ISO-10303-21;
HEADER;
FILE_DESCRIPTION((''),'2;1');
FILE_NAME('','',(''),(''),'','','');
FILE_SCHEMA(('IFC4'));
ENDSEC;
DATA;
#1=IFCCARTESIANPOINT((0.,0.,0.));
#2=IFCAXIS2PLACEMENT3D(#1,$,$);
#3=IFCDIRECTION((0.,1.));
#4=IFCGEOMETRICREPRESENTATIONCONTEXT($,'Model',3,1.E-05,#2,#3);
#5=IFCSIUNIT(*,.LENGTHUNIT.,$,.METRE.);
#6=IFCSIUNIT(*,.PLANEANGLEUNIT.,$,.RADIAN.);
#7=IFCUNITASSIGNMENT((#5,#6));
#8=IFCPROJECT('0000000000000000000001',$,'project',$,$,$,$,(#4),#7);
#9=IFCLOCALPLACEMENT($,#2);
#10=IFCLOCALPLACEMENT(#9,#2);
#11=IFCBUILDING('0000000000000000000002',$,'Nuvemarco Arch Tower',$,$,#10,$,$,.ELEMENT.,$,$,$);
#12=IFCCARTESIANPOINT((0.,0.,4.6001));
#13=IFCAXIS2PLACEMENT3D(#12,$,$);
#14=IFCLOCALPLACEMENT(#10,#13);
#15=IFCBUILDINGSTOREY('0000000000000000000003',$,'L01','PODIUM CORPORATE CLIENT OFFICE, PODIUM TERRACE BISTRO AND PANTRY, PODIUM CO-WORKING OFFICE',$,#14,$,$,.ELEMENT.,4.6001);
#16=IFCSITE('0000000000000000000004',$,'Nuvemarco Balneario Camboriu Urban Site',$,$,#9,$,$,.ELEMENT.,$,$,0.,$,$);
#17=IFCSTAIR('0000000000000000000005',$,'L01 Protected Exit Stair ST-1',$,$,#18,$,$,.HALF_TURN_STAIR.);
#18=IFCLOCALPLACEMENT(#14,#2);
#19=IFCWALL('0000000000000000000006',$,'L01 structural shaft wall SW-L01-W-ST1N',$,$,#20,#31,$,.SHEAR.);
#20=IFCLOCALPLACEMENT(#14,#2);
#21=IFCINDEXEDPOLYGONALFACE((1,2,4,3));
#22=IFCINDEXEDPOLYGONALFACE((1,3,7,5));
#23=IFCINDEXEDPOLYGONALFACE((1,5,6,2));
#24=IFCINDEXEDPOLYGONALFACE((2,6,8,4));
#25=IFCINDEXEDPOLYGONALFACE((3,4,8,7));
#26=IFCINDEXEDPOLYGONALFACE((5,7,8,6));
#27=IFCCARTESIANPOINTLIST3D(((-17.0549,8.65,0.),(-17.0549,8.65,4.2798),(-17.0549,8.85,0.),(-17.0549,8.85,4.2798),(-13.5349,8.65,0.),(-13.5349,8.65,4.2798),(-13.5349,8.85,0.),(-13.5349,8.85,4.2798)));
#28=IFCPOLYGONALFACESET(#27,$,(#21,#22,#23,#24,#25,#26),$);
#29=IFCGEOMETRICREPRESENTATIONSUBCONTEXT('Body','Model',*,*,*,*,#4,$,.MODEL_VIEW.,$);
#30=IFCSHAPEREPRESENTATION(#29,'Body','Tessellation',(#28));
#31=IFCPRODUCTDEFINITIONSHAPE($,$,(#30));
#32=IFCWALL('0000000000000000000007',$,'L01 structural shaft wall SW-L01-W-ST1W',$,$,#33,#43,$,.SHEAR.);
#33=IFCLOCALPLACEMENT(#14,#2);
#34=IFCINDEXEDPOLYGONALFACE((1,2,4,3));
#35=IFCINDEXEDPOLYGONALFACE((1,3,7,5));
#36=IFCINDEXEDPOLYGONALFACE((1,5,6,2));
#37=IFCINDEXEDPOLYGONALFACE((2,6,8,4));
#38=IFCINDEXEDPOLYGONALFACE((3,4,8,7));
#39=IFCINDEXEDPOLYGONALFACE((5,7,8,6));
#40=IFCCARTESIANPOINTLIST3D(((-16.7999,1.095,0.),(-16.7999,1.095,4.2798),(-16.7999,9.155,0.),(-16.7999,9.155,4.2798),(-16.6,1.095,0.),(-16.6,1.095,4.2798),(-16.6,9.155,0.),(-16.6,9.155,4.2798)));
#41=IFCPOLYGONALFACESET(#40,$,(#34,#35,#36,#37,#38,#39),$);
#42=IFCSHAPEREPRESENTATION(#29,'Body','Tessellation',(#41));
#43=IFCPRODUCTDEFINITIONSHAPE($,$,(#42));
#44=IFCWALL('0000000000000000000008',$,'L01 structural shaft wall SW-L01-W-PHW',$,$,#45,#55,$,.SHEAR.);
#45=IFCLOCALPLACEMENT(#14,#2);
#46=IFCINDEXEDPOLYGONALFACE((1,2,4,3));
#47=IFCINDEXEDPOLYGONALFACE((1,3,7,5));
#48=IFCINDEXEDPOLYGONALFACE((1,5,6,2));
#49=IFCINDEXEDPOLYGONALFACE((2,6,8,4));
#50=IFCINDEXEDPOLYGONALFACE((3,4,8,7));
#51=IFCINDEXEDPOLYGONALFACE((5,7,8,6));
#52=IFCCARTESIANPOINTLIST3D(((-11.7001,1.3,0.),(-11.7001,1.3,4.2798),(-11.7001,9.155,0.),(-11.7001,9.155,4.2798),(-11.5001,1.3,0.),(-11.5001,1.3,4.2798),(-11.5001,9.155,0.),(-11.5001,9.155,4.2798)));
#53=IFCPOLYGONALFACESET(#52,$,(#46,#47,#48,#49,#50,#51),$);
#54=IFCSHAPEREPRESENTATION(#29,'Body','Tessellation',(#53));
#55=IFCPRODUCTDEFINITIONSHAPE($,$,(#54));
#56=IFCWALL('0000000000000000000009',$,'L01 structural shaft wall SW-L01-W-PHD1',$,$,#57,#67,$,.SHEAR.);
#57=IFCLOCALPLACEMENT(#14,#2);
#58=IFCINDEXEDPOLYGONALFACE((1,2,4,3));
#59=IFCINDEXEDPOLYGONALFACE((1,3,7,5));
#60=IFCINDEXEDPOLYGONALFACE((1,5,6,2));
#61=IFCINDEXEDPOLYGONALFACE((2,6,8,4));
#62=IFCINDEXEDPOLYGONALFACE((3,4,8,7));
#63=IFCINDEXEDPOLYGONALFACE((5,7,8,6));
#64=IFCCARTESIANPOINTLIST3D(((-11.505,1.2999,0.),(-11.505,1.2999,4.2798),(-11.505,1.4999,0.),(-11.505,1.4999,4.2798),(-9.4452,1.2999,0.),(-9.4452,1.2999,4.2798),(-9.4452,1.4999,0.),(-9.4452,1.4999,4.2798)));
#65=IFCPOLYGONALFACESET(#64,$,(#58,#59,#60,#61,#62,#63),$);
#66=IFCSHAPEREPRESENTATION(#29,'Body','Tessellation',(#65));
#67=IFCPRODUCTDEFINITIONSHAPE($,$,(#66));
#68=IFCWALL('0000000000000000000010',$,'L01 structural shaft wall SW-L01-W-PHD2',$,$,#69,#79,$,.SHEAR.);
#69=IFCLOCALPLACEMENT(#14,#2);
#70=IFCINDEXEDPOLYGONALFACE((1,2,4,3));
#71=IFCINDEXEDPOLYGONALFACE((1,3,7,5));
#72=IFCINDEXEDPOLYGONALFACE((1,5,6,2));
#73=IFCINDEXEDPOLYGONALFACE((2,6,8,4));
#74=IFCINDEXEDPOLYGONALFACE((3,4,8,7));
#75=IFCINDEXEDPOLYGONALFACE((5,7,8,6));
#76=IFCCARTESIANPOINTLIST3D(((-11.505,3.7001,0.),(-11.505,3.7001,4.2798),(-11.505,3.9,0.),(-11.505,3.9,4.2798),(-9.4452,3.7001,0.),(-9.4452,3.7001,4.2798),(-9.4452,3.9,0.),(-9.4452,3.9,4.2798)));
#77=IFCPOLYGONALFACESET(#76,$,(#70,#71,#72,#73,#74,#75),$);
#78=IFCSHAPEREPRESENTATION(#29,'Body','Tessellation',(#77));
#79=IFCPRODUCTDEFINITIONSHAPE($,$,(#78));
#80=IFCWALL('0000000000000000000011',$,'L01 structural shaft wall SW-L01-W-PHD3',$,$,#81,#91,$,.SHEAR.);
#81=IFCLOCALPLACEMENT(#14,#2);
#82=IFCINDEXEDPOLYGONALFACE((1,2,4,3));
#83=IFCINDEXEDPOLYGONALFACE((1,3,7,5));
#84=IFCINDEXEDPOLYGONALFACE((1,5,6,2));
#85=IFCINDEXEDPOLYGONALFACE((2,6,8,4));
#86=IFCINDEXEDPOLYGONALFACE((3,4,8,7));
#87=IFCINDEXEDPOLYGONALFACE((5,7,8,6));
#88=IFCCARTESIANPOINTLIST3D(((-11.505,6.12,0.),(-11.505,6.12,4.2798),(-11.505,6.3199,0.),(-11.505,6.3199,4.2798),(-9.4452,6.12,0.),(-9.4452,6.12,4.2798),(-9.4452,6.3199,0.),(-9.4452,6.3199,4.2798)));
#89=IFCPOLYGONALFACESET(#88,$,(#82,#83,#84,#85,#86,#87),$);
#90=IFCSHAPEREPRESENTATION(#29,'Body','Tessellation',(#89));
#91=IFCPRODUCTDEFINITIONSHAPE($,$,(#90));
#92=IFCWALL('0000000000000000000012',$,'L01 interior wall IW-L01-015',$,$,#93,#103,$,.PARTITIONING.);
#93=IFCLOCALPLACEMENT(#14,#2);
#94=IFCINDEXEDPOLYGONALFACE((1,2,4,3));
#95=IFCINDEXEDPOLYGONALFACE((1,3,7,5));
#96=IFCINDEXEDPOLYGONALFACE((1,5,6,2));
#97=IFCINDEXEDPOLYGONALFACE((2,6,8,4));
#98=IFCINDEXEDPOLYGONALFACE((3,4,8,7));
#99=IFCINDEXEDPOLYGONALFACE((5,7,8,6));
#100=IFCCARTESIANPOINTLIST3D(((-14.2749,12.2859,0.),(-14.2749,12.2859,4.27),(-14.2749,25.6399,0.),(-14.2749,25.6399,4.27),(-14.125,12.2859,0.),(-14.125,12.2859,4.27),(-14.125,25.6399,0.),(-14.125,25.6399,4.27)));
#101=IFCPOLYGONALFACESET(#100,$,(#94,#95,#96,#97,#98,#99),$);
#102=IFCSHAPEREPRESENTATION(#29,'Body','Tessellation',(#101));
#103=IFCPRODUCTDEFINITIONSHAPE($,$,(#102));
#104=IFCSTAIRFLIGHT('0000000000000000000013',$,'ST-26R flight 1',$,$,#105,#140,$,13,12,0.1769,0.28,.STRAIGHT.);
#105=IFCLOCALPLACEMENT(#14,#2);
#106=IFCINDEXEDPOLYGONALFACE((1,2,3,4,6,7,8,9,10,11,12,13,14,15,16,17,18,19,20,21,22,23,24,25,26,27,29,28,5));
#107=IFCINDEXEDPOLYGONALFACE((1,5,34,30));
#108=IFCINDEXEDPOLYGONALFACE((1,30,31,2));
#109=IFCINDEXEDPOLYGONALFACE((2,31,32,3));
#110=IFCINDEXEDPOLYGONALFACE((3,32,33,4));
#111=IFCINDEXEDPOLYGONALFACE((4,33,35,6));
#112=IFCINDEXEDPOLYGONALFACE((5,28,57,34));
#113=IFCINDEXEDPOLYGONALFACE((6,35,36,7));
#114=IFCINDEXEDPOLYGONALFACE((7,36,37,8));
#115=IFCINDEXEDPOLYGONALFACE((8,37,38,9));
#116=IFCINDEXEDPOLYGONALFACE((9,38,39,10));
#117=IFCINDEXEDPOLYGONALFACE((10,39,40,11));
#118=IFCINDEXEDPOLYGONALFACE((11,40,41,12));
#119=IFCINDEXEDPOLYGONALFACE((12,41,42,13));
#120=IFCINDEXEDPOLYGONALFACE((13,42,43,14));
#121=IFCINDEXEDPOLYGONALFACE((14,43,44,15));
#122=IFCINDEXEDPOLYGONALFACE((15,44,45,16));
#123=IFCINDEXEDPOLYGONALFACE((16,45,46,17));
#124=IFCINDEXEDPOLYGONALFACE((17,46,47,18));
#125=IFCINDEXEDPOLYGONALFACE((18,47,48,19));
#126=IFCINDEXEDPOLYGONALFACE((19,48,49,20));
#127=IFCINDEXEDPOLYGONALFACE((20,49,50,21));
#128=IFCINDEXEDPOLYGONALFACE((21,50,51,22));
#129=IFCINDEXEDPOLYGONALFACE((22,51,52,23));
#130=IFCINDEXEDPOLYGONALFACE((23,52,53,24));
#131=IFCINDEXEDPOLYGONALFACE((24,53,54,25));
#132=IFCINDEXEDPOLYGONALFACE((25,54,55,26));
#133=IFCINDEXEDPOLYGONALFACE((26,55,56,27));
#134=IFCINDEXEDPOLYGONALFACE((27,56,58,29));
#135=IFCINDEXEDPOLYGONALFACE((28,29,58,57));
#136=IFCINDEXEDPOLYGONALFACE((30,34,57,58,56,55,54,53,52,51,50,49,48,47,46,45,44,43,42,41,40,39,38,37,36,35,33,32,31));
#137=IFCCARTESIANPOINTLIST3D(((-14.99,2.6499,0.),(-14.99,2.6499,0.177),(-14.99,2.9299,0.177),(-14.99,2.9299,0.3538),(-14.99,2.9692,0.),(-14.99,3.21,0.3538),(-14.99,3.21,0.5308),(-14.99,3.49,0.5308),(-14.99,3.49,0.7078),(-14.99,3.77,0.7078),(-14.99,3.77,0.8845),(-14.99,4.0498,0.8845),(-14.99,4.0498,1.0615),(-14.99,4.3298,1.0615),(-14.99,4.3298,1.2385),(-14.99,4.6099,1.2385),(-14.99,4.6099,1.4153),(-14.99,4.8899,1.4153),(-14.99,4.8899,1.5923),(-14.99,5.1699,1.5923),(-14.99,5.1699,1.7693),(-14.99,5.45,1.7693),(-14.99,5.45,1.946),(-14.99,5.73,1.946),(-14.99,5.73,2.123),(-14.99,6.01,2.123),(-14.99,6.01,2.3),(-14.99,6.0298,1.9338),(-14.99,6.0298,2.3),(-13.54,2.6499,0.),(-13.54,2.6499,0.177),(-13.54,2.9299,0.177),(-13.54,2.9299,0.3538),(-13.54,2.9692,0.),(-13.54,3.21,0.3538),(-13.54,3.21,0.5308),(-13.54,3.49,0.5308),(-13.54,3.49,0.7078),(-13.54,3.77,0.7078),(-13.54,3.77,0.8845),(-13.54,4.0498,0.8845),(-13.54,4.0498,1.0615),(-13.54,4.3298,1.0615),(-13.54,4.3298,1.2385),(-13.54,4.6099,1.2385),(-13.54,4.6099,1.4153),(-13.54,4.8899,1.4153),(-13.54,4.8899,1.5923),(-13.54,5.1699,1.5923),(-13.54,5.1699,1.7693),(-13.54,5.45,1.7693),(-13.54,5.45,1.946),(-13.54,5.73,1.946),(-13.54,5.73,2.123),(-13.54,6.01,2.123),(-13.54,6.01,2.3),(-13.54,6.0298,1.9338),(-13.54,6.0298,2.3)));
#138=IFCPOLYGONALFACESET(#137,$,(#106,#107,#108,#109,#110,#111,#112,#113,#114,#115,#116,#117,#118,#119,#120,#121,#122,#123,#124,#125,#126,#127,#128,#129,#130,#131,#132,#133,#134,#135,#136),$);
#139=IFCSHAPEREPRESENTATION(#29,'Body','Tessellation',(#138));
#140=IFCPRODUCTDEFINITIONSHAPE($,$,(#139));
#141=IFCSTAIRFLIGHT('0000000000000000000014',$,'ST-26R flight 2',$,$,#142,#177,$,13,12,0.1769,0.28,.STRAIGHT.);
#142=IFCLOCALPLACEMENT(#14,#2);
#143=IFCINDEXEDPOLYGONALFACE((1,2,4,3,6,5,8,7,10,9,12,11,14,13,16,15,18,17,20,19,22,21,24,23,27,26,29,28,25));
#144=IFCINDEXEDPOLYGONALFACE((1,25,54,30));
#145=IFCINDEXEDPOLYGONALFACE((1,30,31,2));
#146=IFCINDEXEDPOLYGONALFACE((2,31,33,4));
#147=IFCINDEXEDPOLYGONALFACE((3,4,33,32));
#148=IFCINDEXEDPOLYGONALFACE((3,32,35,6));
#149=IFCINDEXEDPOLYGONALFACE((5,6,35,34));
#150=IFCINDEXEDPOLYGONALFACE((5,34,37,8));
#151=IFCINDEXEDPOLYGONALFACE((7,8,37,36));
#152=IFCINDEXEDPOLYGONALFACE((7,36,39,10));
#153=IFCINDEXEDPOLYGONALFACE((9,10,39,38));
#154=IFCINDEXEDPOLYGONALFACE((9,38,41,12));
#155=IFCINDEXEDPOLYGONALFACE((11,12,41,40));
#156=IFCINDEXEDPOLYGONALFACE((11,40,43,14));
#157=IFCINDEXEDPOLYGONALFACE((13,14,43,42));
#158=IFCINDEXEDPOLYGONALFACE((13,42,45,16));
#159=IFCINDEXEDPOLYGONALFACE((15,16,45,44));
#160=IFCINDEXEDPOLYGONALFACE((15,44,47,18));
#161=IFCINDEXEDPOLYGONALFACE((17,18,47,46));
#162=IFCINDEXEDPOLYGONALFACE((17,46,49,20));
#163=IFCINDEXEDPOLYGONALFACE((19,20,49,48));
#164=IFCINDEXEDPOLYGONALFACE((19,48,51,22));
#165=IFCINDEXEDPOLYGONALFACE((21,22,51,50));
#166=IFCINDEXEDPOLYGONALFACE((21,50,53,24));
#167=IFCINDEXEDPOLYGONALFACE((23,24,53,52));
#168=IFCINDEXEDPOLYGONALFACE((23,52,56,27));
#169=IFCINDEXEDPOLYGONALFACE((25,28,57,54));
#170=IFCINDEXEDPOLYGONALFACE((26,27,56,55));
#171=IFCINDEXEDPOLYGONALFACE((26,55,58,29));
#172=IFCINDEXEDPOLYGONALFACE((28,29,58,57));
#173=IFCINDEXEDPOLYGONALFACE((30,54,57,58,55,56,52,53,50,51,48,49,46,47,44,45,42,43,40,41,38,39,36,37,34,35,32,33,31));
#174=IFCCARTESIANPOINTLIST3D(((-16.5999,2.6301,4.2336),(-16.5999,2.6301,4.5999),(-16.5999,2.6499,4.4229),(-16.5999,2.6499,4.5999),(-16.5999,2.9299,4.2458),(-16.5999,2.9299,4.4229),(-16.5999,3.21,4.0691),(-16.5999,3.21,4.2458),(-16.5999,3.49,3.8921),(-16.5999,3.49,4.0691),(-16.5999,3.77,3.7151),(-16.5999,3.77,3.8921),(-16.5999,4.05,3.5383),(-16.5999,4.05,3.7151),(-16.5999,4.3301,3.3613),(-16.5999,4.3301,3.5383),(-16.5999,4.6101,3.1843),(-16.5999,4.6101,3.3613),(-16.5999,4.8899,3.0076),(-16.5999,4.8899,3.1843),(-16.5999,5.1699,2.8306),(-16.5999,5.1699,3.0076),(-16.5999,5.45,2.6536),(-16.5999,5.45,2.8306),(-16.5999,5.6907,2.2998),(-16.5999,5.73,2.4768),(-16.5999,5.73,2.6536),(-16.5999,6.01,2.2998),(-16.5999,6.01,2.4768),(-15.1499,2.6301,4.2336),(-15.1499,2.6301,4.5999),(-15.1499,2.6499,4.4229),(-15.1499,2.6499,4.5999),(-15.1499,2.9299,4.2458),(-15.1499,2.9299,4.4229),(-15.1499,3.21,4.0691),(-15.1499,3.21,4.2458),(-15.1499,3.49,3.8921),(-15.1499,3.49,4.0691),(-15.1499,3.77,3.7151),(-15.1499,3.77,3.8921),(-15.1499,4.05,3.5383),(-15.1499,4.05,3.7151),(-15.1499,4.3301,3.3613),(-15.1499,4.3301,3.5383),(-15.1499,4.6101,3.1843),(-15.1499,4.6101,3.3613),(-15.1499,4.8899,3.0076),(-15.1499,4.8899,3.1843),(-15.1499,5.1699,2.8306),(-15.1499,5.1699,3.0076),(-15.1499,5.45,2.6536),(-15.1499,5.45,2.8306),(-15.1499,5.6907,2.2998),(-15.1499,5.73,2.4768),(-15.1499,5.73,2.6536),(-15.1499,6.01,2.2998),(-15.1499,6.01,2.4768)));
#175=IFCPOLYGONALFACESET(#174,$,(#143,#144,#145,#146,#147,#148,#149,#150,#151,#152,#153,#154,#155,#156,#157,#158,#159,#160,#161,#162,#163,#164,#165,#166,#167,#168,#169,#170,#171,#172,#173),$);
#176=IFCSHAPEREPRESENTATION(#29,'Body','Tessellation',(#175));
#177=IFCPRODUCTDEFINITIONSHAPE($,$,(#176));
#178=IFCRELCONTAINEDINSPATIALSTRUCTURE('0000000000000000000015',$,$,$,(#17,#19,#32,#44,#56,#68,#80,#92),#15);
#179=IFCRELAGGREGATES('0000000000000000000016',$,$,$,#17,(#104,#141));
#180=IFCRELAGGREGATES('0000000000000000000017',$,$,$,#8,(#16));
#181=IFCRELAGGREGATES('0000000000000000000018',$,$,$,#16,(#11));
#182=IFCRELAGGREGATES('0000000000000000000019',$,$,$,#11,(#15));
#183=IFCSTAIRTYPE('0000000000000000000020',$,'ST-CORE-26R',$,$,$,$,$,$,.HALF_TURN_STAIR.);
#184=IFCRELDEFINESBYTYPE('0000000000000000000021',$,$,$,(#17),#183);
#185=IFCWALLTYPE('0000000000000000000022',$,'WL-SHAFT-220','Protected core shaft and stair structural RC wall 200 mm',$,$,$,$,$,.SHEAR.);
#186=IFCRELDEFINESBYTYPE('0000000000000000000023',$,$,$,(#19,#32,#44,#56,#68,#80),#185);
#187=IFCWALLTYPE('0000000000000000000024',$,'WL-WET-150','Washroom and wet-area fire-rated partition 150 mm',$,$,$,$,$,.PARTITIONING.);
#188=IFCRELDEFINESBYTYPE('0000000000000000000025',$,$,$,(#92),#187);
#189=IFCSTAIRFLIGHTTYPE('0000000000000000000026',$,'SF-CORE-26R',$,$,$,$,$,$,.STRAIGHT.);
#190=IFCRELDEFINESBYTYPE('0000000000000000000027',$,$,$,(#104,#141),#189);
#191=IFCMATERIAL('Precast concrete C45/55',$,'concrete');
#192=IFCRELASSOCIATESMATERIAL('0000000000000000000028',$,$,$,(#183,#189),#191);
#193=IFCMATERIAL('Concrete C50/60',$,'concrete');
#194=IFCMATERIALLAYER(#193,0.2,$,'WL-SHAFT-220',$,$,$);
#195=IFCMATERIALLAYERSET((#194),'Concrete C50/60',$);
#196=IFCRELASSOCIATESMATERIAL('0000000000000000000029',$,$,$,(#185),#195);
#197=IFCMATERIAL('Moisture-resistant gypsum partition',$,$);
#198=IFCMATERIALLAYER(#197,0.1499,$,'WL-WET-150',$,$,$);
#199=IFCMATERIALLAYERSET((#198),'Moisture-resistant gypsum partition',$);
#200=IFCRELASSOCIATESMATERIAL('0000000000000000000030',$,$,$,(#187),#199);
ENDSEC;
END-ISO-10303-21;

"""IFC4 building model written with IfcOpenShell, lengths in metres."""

from ifc_helpers import new_model, si_unit, direction, frame, frame_2d, origin, place, context, subcontext, project, spatial, polyline, rectangle, outline, extrude, material, layer, layer_set, type_object, element, aggregate, save


model = new_model("IFC4")

# Units and contexts
model_context = context("Model", 3, precision=1e-05, world=origin(), true_north=direction((0.0, 1.0)))
body_context = subcontext(model_context, "Body", "Model", "MODEL_VIEW")
ifc_project = project(units=[si_unit("LENGTHUNIT", "METRE"), si_unit("PLANEANGLEUNIT", "RADIAN")], contexts=[model_context])

# Site, building, storey
site_placement = place(None, origin())
site = spatial("IfcSite", under=ifc_project, at=site_placement, Name="Nuvemarco Balneario Camboriu Urban Site", CompositionType="ELEMENT", RefElevation=0.0)
building_placement = place(site_placement, origin())
building = spatial("IfcBuilding", under=site, at=building_placement, Name="Nuvemarco Arch Tower", CompositionType="ELEMENT")
storey_placement = place(building_placement, frame((0.0, 0.0, 4.6001)))
storey = spatial("IfcBuildingStorey", under=building, at=storey_placement, Name="L01", Description="PODIUM CORPORATE CLIENT OFFICE, PODIUM TERRACE BISTRO AND PANTRY, PODIUM CO-WORKING OFFICE", CompositionType="ELEMENT", Elevation=4.6001)

# Shared definitions
ifc_material_1 = material(Name="Concrete C50/60", Category="concrete")

# Stair
ifc_material_2 = material(Name="Precast concrete C45/55", Category="concrete")
stair_type = type_object("IfcStairType", Name="ST-CORE-26R", PredefinedType="HALF_TURN_STAIR", material=ifc_material_2)
stair_1_placement = place(storey_placement, origin())
stair_1 = element("IfcStair", 1, at=stair_1_placement, inside=storey, type_object=stair_type, Name="L01 Protected Exit Stair ST-1", PredefinedType="HALF_TURN_STAIR")

# Shared definitions
ifc_layer_1 = layer(ifc_material_1, 0.2, Name="WL-SHAFT-220")
ifc_layer_set_1 = layer_set([ifc_layer_1], Name="Concrete C50/60")
wall_type_1 = type_object("IfcWallType", Name="WL-SHAFT-220", Description="Protected core shaft and stair structural RC wall 200 mm", PredefinedType="SHEAR", material=ifc_layer_set_1)

# Walls
for number, where, z_axis, x_axis, name in (
    (2, (-17.0549, 8.75, 0.0), (0.0, 0.0, 1.0), (1.0, 0.0, 0.0), "L01 structural shaft wall SW-L01-W-ST1N"),
):
    element("IfcWall", number, at=place(storey_placement, frame(where, z_axis=z_axis, x_axis=x_axis)), inside=storey, type_object=wall_type_1, Name=name, PredefinedType="SHEAR", context=body_context, shape_type="SweptSolid", body=[
        extrude(rectangle(XDim=3.52, YDim=0.2, at=frame_2d((1.76, 0.0))), origin(), (0.0, 0.0, 1.0), 4.2798),
    ])
wall_1_placement = place(storey_placement, frame((-16.7, 1.095, 0.0), z_axis=(0.0, 0.0, 1.0), x_axis=(0.0, 1.0, 0.0)))
element("IfcWall", 3, at=wall_1_placement, inside=storey, type_object=wall_type_1, Name="L01 structural shaft wall SW-L01-W-ST1W", PredefinedType="SHEAR", context=body_context, shape_type="SweptSolid", body=[
    extrude(rectangle(XDim=8.0601, YDim=0.2, at=frame_2d((4.03, 0.0))), origin(), (0.0, 0.0, 1.0), 4.2798),
])
wall_2_placement = place(storey_placement, frame((-11.6001, 1.3, 0.0), z_axis=(0.0, 0.0, 1.0), x_axis=(0.0, 1.0, 0.0)))
element("IfcWall", 4, at=wall_2_placement, inside=storey, type_object=wall_type_1, Name="L01 structural shaft wall SW-L01-W-PHW", PredefinedType="SHEAR", context=body_context, shape_type="SweptSolid", body=[
    extrude(rectangle(XDim=7.855, YDim=0.2, at=frame_2d((3.9275, 0.0))), origin(), (0.0, 0.0, 1.0), 4.2798),
])
for number, where, z_axis, x_axis, name in (
    (5, (-11.5049, 1.3999, 0.0), (0.0, 0.0, 1.0), (1.0, 0.0, 0.0), "L01 structural shaft wall SW-L01-W-PHD1"),
    (6, (-11.5049, 3.8, 0.0), (0.0, 0.0, 1.0), (1.0, 0.0, 0.0), "L01 structural shaft wall SW-L01-W-PHD2"),
    (7, (-11.5049, 6.22, 0.0), (0.0, 0.0, 1.0), (1.0, 0.0, 0.0), "L01 structural shaft wall SW-L01-W-PHD3"),
):
    element("IfcWall", number, at=place(storey_placement, frame(where, z_axis=z_axis, x_axis=x_axis)), inside=storey, type_object=wall_type_1, Name=name, PredefinedType="SHEAR", context=body_context, shape_type="SweptSolid", body=[
        extrude(rectangle(XDim=2.0598, YDim=0.2, at=frame_2d((1.0298, 0.0))), origin(), (0.0, 0.0, 1.0), 4.2798),
    ])
ifc_material_3 = material(Name="Moisture-resistant gypsum partition")
ifc_layer_2 = layer(ifc_material_3, 0.1499, Name="WL-WET-150")
ifc_layer_set_2 = layer_set([ifc_layer_2], Name="Moisture-resistant gypsum partition")
wall_type_2 = type_object("IfcWallType", Name="WL-WET-150", Description="Washroom and wet-area fire-rated partition 150 mm", PredefinedType="PARTITIONING", material=ifc_layer_set_2)
wall_3_placement = place(storey_placement, frame((-14.2, 12.2859, 0.0), z_axis=(0.0, 0.0, 1.0), x_axis=(0.0, 1.0, 0.0)))
element("IfcWall", 8, at=wall_3_placement, inside=storey, type_object=wall_type_2, Name="L01 interior wall IW-L01-015", PredefinedType="PARTITIONING", context=body_context, shape_type="SweptSolid", body=[
    extrude(rectangle(XDim=13.354, YDim=0.1499, at=frame_2d((6.677, 0.0))), origin(), (0.0, 0.0, 1.0), 4.27),
])

# Stair flights
stair_flight_type = type_object("IfcStairFlightType", Name="SF-CORE-26R", PredefinedType="STRAIGHT", material=ifc_material_2)
stair_flight_1_placement = place(storey_placement, frame((-14.2649, 2.6499, 0.0), z_axis=(0.0, 0.0, 1.0), x_axis=(0.0, 1.0, 0.0)))
stair_flight_1 = element("IfcStairFlight", 9, at=stair_flight_1_placement, type_object=stair_flight_type, Name="ST-26R flight 1", NumberOfRisers=13, NumberOfTreads=12, PredefinedType="STRAIGHT", RiserHeight=0.1769, TreadLength=0.28, context=body_context, shape_type="SweptSolid", body=[
    extrude(outline(polyline([(0.0, 0.0), (0.0, 0.177), (0.28, 0.177), (0.28, 0.3538), (0.5601, 0.3538), (0.5601, 0.5308), (0.8401, 0.5308), (0.8401, 0.7078), (1.1201, 0.7078), (1.1201, 0.8845), (1.3999, 0.8845), (1.3999, 1.0615), (1.6799, 1.0615), (1.6799, 1.2385), (1.96, 1.2385), (1.96, 1.4153), (2.24, 1.4153), (2.24, 1.5923), (2.52, 1.5923), (2.52, 1.7693), (2.8, 1.7693), (2.8, 1.946), (3.0801, 1.946), (3.0801, 2.123), (3.3601, 2.123), (3.3601, 2.3), (3.3799, 2.3), (3.3799, 1.9338), (0.3193, 0.0), (0.0, 0.0)])), frame((0.0, 0.7251, 0.0), z_axis=(0.0, -1.0, 0.0), x_axis=(1.0, 0.0, 0.0)), (0.0, 0.0, 1.0), 1.45),
])
stair_flight_2_placement = place(storey_placement, frame((-15.875, 6.01, 2.2998), z_axis=(0.0, 0.0, 1.0), x_axis=(0.0, -1.0, 0.0)))
stair_flight_2 = element("IfcStairFlight", 10, at=stair_flight_2_placement, type_object=stair_flight_type, Name="ST-26R flight 2", NumberOfRisers=13, NumberOfTreads=12, PredefinedType="STRAIGHT", RiserHeight=0.1769, TreadLength=0.28, context=body_context, shape_type="SweptSolid", body=[
    extrude(outline(polyline([(0.0, 0.0), (0.0, 0.177), (0.28, 0.177), (0.28, 0.3538), (0.5601, 0.3538), (0.5601, 0.5308), (0.8401, 0.5308), (0.8401, 0.7078), (1.1201, 0.7078), (1.1201, 0.8845), (1.3999, 0.8845), (1.3999, 1.0615), (1.6799, 1.0615), (1.6799, 1.2385), (1.96, 1.2385), (1.96, 1.4153), (2.24, 1.4153), (2.24, 1.5923), (2.52, 1.5923), (2.52, 1.7693), (2.8, 1.7693), (2.8, 1.946), (3.0801, 1.946), (3.0801, 2.123), (3.3601, 2.123), (3.3601, 2.3), (3.3799, 2.3), (3.3799, 1.9338), (0.3193, 0.0), (0.0, 0.0)])), frame((0.0, 0.7251, 0.0), z_axis=(0.0, -1.0, 0.0), x_axis=(1.0, 0.0, 0.0)), (0.0, 0.0, 1.0), 1.45),
])
aggregate(stair_1, [stair_flight_1, stair_flight_2])

save(model, "model.ifc")
